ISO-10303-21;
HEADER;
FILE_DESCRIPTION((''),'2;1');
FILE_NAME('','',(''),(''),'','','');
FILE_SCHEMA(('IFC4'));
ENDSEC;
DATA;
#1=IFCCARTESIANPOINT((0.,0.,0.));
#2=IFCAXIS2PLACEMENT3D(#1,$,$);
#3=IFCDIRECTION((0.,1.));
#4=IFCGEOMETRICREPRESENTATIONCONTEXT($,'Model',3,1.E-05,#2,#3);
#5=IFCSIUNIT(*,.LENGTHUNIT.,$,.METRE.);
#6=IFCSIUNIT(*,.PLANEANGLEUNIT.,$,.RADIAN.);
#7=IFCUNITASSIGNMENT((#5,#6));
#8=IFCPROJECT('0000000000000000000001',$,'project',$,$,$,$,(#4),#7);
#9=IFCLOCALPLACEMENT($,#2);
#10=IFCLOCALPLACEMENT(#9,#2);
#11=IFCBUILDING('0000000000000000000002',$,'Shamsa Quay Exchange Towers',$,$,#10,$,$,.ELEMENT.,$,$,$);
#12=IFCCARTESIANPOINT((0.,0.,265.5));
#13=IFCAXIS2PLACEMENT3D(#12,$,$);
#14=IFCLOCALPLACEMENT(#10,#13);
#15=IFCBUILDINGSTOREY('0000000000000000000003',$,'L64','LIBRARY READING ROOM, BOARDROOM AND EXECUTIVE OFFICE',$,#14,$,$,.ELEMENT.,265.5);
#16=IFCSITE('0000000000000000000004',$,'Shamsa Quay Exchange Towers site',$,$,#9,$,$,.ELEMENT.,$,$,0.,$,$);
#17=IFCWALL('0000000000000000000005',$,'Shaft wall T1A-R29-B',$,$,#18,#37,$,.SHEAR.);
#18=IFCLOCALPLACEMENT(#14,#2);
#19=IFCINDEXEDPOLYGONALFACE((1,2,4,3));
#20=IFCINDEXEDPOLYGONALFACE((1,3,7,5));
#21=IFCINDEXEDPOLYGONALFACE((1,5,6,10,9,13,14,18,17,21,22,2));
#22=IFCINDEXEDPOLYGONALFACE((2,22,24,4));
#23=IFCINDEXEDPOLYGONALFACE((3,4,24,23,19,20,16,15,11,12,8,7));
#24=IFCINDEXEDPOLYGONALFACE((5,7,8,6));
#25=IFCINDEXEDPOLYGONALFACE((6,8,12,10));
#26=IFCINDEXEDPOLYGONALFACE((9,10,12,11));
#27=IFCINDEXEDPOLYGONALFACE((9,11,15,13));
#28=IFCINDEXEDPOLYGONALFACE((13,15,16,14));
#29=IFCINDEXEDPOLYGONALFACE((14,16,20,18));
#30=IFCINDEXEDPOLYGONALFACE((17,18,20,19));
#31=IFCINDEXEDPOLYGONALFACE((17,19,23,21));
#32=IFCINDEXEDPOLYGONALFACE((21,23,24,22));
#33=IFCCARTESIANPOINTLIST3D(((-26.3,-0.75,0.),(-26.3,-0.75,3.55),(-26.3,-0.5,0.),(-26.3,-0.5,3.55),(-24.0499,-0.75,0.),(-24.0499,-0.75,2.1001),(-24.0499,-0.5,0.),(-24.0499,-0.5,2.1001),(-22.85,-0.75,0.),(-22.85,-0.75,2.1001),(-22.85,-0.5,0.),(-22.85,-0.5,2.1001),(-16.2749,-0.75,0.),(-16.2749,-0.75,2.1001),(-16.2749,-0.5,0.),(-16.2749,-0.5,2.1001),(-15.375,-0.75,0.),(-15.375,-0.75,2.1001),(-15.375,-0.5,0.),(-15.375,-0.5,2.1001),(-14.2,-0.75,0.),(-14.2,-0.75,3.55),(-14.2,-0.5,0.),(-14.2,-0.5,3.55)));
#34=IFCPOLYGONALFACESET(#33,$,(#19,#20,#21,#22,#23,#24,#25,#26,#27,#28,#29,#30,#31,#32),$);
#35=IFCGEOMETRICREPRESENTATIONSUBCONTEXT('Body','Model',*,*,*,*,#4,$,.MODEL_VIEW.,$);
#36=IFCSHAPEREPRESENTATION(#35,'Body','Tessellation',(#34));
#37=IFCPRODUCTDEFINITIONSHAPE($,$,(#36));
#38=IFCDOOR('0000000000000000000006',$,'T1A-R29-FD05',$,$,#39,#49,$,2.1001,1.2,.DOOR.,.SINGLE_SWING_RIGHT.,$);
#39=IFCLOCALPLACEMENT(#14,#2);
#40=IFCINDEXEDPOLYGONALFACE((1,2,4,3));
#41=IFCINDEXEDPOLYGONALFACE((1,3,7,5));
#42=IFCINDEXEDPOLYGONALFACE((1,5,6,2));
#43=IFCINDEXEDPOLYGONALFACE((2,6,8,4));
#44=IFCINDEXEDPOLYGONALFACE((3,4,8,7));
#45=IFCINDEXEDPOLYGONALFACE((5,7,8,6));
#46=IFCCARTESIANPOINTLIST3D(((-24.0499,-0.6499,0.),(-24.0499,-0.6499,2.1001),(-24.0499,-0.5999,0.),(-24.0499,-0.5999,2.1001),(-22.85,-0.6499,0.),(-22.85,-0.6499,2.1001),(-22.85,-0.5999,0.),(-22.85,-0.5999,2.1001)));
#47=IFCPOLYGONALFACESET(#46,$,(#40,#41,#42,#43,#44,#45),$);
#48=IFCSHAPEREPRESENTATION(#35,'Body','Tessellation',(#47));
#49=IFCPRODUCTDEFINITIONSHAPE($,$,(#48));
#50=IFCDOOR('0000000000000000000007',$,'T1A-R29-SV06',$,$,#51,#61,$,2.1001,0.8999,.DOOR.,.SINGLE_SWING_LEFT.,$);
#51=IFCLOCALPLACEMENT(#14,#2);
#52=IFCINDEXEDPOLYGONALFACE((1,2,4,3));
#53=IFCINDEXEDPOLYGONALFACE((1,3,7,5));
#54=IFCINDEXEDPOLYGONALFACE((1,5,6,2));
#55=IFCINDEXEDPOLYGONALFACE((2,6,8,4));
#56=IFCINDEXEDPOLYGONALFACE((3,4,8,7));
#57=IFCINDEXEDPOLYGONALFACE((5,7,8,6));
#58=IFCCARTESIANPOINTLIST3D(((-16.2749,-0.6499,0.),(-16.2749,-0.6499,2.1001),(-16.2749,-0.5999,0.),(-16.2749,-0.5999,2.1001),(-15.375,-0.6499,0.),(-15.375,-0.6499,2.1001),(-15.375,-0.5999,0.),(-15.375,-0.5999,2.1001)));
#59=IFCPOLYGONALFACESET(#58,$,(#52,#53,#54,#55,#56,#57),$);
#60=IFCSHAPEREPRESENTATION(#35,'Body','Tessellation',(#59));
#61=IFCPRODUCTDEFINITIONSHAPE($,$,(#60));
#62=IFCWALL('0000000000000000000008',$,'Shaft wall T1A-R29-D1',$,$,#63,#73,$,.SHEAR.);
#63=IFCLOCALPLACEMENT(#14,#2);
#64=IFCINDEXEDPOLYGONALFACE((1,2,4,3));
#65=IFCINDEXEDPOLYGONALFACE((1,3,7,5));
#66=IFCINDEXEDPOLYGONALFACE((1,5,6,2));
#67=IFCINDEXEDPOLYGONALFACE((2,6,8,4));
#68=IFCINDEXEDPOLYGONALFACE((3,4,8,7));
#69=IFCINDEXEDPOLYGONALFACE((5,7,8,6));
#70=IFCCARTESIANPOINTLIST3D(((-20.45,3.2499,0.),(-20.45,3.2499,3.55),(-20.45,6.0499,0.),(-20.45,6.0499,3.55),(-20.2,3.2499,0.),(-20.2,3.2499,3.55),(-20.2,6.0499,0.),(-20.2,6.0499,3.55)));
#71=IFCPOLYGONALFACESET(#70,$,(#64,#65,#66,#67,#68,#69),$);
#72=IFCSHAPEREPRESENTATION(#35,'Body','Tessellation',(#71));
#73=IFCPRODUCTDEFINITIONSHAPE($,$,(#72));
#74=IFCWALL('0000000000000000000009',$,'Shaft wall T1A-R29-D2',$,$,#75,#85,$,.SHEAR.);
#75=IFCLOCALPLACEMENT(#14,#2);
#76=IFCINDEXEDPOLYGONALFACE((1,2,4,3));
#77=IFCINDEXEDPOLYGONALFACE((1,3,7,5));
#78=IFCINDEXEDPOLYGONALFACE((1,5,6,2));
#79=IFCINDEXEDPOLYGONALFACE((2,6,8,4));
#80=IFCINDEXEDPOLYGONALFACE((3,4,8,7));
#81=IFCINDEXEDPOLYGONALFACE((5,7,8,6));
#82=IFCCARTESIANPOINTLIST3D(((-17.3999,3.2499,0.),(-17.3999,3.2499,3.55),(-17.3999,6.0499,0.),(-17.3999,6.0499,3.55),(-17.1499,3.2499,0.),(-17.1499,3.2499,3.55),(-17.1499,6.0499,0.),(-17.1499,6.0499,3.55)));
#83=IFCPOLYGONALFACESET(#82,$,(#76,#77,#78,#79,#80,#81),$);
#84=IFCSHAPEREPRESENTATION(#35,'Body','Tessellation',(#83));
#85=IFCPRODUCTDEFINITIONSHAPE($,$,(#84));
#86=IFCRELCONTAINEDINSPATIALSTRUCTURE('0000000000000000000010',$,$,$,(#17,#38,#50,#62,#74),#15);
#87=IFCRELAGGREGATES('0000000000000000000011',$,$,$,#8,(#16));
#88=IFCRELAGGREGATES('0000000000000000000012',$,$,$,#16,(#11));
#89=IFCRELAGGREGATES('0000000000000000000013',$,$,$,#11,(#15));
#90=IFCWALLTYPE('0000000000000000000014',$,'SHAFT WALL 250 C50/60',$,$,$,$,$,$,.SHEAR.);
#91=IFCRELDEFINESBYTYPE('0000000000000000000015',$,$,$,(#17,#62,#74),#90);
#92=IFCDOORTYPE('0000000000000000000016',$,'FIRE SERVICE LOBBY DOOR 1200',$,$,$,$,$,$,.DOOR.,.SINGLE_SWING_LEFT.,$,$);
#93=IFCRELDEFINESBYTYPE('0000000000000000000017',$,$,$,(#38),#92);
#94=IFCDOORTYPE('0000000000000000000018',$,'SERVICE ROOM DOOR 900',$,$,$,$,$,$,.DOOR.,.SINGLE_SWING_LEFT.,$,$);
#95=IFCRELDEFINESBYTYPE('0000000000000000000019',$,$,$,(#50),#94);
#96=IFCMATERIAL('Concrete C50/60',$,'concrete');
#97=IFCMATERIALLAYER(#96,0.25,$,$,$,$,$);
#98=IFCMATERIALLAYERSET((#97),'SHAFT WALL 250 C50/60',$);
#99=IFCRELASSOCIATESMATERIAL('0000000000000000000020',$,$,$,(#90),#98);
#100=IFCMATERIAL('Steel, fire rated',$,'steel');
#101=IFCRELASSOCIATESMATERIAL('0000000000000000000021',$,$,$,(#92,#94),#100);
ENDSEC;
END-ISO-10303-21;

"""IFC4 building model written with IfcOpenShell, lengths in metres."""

from ifc_helpers import new_model, si_unit, direction, frame, frame_2d, origin, place, context, subcontext, project, spatial, rectangle, extrude, material, layer, layer_set, type_object, element, fill, save


model = new_model("IFC4")

# Units and contexts
model_context = context("Model", 3, precision=1e-05, world=origin(), true_north=direction((0.0, 1.0)))
body_context = subcontext(model_context, "Body", "Model", "MODEL_VIEW")
ifc_project = project(units=[si_unit("LENGTHUNIT", "METRE"), si_unit("PLANEANGLEUNIT", "RADIAN")], contexts=[model_context])

# Site, building, storey
site_placement = place(None, origin())
site = spatial("IfcSite", under=ifc_project, at=site_placement, Name="Shamsa Quay Exchange Towers site", CompositionType="ELEMENT", RefElevation=0.0)
building_placement = place(site_placement, origin())
building = spatial("IfcBuilding", under=site, at=building_placement, Name="Shamsa Quay Exchange Towers", CompositionType="ELEMENT")
storey_placement = place(building_placement, frame((0.0, 0.0, 265.5)))
storey = spatial("IfcBuildingStorey", under=building, at=storey_placement, Name="L64", Description="LIBRARY READING ROOM, BOARDROOM AND EXECUTIVE OFFICE", CompositionType="ELEMENT", Elevation=265.5)

# Wall, openings, doors
ifc_material_1 = material(Name="Steel, fire rated", Category="steel")
ifc_material_2 = material(Name="Concrete C50/60", Category="concrete")
ifc_layer_1 = layer(ifc_material_2, 0.25)
ifc_layer_set_1 = layer_set([ifc_layer_1], Name="SHAFT WALL 250 C50/60")
wall_type_1 = type_object("IfcWallType", Name="SHAFT WALL 250 C50/60", PredefinedType="SHEAR", material=ifc_layer_set_1)
wall_1_placement = place(storey_placement, frame((-14.2, -0.625, 0.0), z_axis=(0.0, 0.0, 1.0), x_axis=(-1.0, 0.0, 0.0)))
wall_1 = element("IfcWall", 1, at=wall_1_placement, inside=storey, type_object=wall_type_1, Name="Shaft wall T1A-R29-B", PredefinedType="SHEAR", context=body_context, shape_type="SweptSolid", body=[
    extrude(rectangle(XDim=12.1001, YDim=0.25, at=frame_2d((6.05, 0.0))), origin(), (0.0, 0.0, 1.0), 3.55),
])
opening_1_placement = place(wall_1_placement, frame((8.6499, 0.0, 0.0)))
opening_1 = element("IfcOpeningElement", 2, at=opening_1_placement, cuts=wall_1, PredefinedType="OPENING", context=body_context, shape_type="SweptSolid", body=[
    extrude(rectangle(XDim=1.2, YDim=2.1001, at=frame_2d((0.6001, 1.05))), frame((0.0, 0.135, 0.0), z_axis=(0.0, -1.0, 0.0), x_axis=(1.0, 0.0, 0.0)), (0.0, 0.0, 1.0), 0.27),
])
opening_2_placement = place(wall_1_placement, frame((1.175, 0.0, 0.0)))
opening_2 = element("IfcOpeningElement", 3, at=opening_2_placement, cuts=wall_1, PredefinedType="OPENING", context=body_context, shape_type="SweptSolid", body=[
    extrude(rectangle(XDim=0.8999, YDim=2.1001, at=frame_2d((0.45, 1.05))), frame((0.0, 0.135, 0.0), z_axis=(0.0, -1.0, 0.0), x_axis=(1.0, 0.0, 0.0)), (0.0, 0.0, 1.0), 0.27),
])
door_type_1 = type_object("IfcDoorType", Name="FIRE SERVICE LOBBY DOOR 1200", OperationType="SINGLE_SWING_LEFT", PredefinedType="DOOR", material=ifc_material_1)
door_1_placement = place(opening_1_placement, origin())
door_1 = element("IfcDoor", 4, at=door_1_placement, inside=storey, type_object=door_type_1, Name="T1A-R29-FD05", OperationType="SINGLE_SWING_RIGHT", OverallHeight=2.1001, OverallWidth=1.2, PredefinedType="DOOR", context=body_context, shape_type="SweptSolid", body=[
    extrude(rectangle(XDim=1.2, YDim=2.1001, at=frame_2d((0.6001, 1.05))), frame((0.0, 0.0249, 0.0), z_axis=(0.0, -1.0, 0.0), x_axis=(1.0, 0.0, 0.0)), (0.0, 0.0, 1.0), 0.05),
])
fill(opening_1, door_1)
door_type_2 = type_object("IfcDoorType", Name="SERVICE ROOM DOOR 900", OperationType="SINGLE_SWING_LEFT", PredefinedType="DOOR", material=ifc_material_1)
door_2_placement = place(opening_2_placement, origin())
door_2 = element("IfcDoor", 5, at=door_2_placement, inside=storey, type_object=door_type_2, Name="T1A-R29-SV06", OperationType="SINGLE_SWING_LEFT", OverallHeight=2.1001, OverallWidth=0.8999, PredefinedType="DOOR", context=body_context, shape_type="SweptSolid", body=[
    extrude(rectangle(XDim=0.8999, YDim=2.1001, at=frame_2d((0.45, 1.05))), frame((0.0, 0.0249, 0.0), z_axis=(0.0, -1.0, 0.0), x_axis=(1.0, 0.0, 0.0)), (0.0, 0.0, 1.0), 0.05),
])
fill(opening_2, door_2)

# Walls
for number, where, z_axis, x_axis, name in (
    (6, (-20.325, 3.25, 0.0), (0.0, 0.0, 1.0), (0.0, 1.0, 0.0), "Shaft wall T1A-R29-D1"),
    (7, (-17.2749, 3.25, 0.0), (0.0, 0.0, 1.0), (0.0, 1.0, 0.0), "Shaft wall T1A-R29-D2"),
):
    element("IfcWall", number, at=place(storey_placement, frame(where, z_axis=z_axis, x_axis=x_axis)), inside=storey, type_object=wall_type_1, Name=name, PredefinedType="SHEAR", context=body_context, shape_type="SweptSolid", body=[
        extrude(rectangle(XDim=2.8, YDim=0.25, at=frame_2d((1.3999, 0.0))), origin(), (0.0, 0.0, 1.0), 3.55),
    ])

save(model, "model.ifc")
